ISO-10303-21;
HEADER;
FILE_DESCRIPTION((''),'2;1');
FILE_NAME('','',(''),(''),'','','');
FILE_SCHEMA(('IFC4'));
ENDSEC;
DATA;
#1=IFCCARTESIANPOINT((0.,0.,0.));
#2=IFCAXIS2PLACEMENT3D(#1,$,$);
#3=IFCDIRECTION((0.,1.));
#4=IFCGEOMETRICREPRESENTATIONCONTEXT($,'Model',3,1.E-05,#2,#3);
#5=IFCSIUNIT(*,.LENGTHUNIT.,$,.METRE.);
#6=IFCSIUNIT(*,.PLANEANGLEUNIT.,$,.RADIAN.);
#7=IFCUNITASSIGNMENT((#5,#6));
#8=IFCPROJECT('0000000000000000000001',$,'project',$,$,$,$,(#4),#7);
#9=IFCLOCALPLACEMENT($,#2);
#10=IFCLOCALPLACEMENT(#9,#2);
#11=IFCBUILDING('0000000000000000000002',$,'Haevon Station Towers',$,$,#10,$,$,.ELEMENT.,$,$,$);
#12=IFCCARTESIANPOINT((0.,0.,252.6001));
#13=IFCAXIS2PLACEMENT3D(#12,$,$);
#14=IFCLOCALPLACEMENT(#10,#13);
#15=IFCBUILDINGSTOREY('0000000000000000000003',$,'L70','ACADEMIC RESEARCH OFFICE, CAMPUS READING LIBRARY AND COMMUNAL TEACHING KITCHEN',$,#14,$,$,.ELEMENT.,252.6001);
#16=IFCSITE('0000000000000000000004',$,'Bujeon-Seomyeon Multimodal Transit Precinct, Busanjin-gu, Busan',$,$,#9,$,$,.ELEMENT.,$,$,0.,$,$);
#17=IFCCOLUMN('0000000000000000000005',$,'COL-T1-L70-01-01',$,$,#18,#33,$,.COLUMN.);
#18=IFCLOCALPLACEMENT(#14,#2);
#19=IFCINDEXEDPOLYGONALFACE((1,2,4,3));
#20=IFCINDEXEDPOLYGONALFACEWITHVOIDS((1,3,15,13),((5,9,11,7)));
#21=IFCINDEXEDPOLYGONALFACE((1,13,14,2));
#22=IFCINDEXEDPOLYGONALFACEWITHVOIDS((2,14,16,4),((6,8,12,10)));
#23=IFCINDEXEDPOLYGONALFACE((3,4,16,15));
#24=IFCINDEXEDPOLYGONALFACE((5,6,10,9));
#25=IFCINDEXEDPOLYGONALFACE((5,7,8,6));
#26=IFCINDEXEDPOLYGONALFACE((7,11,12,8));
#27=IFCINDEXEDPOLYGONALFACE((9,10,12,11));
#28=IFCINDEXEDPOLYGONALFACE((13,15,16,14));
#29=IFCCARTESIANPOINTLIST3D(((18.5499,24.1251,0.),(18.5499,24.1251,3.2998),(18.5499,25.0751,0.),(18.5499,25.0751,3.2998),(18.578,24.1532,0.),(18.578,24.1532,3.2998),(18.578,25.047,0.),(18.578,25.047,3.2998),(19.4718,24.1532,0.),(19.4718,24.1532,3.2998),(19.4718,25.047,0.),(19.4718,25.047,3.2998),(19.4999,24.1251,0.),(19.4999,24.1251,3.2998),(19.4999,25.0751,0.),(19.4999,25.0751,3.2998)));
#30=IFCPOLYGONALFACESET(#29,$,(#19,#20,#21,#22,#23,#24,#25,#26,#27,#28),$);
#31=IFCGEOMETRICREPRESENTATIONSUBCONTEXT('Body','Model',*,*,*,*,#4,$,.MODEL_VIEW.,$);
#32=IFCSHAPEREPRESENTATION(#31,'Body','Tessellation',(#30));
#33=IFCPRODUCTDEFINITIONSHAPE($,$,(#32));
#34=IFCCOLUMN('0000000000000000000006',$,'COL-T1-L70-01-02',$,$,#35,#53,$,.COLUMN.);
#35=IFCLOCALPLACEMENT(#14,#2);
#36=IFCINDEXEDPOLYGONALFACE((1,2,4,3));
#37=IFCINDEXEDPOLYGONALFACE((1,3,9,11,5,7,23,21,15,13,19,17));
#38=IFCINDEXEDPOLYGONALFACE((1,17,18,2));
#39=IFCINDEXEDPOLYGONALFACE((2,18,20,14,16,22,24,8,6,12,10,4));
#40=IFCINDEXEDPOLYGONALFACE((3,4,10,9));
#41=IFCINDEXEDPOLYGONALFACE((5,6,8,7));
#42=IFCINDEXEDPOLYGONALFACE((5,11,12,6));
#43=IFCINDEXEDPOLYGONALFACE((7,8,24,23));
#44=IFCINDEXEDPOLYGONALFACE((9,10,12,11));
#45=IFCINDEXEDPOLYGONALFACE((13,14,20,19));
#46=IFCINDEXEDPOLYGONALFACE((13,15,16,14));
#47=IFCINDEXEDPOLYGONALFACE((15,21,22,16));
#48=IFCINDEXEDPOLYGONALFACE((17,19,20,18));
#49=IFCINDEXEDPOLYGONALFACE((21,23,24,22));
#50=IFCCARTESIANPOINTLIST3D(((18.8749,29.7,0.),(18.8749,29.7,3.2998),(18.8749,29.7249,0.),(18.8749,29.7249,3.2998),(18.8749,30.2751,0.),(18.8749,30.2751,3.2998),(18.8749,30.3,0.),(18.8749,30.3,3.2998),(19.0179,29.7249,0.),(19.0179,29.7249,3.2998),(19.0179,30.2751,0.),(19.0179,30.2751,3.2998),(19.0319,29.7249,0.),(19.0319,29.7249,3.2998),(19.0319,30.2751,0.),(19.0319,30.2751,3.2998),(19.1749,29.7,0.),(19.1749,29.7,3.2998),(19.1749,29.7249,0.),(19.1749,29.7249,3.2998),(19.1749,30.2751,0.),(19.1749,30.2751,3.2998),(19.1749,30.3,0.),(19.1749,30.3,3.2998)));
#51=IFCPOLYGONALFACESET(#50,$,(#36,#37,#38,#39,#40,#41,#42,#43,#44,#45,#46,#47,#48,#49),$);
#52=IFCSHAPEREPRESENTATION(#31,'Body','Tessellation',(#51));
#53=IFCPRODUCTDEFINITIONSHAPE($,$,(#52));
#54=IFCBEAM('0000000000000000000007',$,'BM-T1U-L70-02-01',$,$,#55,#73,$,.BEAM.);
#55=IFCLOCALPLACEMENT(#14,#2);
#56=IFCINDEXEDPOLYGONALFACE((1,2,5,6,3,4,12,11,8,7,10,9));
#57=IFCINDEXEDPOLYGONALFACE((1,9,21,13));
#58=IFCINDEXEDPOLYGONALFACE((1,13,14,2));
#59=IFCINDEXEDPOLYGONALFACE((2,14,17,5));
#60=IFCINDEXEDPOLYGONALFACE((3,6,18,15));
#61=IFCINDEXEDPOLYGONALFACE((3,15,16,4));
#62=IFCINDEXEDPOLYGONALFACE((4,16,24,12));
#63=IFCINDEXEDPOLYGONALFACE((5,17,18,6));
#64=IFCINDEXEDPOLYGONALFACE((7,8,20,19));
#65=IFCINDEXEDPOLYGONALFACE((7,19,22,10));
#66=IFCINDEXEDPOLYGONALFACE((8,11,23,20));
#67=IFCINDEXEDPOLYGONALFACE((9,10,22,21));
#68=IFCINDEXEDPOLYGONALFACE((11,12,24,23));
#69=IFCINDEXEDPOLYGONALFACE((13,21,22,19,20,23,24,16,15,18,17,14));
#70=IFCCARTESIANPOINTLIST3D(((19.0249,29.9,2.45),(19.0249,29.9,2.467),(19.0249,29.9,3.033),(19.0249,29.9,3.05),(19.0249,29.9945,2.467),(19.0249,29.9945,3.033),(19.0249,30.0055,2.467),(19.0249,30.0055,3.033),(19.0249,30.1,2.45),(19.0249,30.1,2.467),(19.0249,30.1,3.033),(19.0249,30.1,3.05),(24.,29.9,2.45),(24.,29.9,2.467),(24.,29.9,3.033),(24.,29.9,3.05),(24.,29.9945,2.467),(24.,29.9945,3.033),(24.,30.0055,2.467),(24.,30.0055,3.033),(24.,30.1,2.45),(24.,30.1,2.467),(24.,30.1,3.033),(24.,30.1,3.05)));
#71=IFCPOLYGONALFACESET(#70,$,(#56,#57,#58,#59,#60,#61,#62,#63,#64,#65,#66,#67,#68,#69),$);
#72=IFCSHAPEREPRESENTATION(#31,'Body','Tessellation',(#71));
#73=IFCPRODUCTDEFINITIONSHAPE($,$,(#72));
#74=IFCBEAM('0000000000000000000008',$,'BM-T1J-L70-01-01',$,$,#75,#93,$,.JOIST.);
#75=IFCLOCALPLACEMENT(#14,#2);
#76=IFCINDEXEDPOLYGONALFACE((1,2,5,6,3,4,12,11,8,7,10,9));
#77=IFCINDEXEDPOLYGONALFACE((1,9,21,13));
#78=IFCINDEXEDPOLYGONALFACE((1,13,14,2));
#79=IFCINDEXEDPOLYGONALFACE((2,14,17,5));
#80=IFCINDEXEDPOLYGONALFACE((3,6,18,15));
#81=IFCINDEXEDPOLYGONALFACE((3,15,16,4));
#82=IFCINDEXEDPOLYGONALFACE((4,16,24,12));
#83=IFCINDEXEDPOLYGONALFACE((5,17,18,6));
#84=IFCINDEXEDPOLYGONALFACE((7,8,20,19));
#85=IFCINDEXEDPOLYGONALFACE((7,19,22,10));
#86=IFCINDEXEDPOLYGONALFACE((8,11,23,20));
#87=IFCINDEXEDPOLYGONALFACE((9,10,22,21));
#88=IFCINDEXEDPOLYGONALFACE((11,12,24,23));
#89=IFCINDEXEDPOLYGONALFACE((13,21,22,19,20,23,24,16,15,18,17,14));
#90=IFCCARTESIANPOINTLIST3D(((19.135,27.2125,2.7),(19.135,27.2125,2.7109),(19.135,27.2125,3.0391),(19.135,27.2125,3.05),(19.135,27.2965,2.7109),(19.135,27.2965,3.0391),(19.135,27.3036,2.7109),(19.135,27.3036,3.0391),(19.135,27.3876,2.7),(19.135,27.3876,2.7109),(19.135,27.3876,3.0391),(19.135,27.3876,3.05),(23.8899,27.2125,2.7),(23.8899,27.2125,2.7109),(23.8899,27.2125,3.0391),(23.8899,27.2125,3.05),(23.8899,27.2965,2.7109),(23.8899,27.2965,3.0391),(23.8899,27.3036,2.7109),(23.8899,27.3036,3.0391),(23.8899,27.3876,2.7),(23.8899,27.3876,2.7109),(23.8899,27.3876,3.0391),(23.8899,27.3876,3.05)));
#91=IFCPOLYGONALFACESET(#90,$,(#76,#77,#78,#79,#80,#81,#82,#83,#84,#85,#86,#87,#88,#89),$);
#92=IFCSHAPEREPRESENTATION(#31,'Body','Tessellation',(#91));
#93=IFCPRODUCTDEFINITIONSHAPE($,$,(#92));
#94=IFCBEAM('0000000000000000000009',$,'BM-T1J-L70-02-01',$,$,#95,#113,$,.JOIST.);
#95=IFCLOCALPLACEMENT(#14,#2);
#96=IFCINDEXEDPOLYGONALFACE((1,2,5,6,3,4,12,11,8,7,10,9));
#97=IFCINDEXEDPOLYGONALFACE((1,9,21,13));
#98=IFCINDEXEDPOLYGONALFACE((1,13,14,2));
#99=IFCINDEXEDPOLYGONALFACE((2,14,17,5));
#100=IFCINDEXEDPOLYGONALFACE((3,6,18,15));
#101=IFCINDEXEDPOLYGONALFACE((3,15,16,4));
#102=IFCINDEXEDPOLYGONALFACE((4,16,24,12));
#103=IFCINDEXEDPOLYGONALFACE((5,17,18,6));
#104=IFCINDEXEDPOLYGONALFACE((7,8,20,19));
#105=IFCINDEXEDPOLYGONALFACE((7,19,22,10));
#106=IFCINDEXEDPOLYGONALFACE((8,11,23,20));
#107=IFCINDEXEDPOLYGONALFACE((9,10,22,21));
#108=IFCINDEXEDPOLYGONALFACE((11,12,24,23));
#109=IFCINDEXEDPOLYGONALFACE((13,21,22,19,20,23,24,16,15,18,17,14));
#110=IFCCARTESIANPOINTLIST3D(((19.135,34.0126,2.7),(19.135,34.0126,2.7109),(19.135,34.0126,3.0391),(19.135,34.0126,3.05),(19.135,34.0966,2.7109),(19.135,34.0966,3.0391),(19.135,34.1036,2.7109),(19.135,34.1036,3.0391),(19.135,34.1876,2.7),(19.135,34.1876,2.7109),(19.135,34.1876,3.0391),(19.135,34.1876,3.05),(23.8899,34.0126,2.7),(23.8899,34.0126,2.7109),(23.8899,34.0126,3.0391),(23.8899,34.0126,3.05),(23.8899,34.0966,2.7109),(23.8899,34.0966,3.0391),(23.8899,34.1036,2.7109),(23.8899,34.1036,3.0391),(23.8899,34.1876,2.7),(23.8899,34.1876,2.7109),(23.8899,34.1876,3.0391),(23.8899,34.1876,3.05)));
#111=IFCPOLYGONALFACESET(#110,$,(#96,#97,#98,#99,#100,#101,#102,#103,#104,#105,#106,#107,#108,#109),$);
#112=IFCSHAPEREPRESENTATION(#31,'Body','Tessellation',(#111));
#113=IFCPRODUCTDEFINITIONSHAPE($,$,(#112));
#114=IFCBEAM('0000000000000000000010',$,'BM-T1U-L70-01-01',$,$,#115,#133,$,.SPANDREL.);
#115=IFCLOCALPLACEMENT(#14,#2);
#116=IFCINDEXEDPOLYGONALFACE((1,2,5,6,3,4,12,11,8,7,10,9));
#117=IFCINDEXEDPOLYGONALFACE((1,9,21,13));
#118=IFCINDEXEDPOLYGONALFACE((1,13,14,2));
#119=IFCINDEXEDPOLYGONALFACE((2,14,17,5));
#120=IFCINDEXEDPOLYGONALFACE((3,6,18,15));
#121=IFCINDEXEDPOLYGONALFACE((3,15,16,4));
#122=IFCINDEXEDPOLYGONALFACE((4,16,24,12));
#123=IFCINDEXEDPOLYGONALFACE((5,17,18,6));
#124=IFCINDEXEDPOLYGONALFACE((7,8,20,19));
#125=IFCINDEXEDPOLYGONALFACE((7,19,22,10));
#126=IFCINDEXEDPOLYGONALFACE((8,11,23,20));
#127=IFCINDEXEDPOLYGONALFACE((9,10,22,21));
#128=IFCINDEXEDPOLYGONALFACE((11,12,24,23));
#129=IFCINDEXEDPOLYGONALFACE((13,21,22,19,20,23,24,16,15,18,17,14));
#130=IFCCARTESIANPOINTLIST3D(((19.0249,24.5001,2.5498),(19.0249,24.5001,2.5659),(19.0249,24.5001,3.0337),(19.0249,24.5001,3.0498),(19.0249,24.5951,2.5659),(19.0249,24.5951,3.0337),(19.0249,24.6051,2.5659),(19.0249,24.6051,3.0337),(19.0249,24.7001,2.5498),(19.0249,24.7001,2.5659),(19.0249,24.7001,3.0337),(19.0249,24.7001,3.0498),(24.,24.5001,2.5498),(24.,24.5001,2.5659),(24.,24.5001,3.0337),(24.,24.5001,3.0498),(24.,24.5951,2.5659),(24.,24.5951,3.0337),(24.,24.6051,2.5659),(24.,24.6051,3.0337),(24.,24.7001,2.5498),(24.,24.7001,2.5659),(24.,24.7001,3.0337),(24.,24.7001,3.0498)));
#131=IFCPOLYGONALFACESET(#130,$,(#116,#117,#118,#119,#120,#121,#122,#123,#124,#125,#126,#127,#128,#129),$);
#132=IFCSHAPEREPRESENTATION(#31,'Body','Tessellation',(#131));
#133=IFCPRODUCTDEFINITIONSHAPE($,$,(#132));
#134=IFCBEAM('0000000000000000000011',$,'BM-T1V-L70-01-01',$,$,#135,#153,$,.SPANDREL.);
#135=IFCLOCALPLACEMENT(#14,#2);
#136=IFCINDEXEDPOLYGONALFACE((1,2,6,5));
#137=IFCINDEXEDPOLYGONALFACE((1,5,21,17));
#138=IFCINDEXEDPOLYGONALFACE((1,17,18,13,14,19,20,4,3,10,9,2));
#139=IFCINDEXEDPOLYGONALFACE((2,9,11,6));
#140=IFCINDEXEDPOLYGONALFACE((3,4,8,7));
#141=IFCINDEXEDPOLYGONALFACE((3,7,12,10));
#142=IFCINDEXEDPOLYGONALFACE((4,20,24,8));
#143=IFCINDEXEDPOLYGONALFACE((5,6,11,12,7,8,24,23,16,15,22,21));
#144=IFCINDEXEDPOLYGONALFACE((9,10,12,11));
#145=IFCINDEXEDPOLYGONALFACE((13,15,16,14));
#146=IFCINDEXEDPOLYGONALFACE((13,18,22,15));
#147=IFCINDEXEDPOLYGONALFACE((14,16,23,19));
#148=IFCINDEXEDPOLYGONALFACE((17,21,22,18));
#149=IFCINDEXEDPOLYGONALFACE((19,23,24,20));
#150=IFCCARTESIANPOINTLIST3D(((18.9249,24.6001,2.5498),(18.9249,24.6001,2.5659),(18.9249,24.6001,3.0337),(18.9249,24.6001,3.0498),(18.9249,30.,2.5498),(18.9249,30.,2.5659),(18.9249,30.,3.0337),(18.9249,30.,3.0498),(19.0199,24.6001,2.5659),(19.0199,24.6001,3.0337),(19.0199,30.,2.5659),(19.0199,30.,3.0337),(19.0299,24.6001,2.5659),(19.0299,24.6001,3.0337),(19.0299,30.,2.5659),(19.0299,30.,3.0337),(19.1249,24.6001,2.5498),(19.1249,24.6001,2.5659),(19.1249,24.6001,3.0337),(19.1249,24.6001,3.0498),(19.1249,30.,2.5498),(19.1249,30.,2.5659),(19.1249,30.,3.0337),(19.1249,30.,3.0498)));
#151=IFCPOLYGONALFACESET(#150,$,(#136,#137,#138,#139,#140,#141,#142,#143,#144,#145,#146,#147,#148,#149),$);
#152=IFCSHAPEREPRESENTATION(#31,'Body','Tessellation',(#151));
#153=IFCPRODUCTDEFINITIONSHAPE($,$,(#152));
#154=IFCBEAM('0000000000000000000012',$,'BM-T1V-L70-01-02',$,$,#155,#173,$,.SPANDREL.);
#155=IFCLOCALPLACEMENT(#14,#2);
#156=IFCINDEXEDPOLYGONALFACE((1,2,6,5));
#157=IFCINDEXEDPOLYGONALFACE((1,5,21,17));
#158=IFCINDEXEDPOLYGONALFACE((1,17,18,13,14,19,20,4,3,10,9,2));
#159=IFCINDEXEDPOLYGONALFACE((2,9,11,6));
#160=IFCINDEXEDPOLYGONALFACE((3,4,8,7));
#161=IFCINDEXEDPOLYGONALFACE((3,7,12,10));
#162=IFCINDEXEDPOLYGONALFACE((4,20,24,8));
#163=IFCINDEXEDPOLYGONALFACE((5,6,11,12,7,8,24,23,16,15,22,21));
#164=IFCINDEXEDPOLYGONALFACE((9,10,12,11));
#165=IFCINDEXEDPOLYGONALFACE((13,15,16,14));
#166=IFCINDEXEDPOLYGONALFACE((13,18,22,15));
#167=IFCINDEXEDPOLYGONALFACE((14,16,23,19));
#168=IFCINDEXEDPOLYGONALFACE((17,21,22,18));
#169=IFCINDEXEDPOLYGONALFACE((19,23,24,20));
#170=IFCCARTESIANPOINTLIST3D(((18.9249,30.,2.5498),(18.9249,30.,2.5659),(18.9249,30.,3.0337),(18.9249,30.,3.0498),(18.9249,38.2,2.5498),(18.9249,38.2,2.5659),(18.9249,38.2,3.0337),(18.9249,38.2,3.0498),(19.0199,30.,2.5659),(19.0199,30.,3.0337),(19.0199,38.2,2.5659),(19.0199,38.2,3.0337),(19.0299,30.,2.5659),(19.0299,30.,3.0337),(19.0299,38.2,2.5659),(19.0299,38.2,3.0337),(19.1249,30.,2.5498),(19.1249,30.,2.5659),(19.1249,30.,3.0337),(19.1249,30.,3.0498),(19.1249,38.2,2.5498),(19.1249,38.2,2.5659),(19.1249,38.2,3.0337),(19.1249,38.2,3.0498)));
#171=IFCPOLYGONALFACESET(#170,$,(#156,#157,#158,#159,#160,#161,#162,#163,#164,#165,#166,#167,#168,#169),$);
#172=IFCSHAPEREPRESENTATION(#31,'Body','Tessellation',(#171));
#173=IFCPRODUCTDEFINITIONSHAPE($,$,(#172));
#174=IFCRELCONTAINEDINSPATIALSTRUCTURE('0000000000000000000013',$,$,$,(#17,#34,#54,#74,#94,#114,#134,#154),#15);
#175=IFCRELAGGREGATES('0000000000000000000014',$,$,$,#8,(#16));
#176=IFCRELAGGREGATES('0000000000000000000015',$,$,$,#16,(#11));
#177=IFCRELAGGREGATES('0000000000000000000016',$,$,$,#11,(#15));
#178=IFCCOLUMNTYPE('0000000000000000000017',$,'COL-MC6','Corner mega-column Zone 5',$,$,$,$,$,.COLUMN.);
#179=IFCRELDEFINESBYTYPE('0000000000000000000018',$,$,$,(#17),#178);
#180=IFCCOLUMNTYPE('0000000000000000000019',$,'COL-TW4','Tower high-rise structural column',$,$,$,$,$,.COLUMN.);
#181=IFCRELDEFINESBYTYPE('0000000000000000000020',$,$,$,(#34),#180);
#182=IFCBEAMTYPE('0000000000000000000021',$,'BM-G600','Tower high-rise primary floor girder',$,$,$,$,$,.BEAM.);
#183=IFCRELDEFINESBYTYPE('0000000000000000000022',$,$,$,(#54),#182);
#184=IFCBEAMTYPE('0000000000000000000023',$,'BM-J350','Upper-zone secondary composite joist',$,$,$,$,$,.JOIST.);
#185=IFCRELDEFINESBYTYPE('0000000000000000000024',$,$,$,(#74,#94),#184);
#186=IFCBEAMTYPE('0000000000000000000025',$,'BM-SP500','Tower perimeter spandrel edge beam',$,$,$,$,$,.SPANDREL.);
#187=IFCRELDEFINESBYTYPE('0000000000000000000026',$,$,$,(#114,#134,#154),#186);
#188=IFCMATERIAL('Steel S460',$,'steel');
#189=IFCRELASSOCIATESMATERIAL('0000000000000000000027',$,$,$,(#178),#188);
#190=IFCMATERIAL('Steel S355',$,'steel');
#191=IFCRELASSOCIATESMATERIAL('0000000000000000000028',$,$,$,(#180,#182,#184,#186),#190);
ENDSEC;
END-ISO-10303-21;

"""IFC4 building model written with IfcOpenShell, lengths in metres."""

from ifc_helpers import new_model, si_unit, direction, frame, origin, origin_2d, place, context, subcontext, project, spatial, hollow_rectangle, i_section, extrude, material, material_profile, profile_set, type_object, element, save


model = new_model("IFC4")

# Units and contexts
model_context = context("Model", 3, precision=1e-05, world=origin(), true_north=direction((0.0, 1.0)))
body_context = subcontext(model_context, "Body", "Model", "MODEL_VIEW")
ifc_project = project(units=[si_unit("LENGTHUNIT", "METRE"), si_unit("PLANEANGLEUNIT", "RADIAN")], contexts=[model_context])

# Site, building, storey
site_placement = place(None, origin())
site = spatial("IfcSite", under=ifc_project, at=site_placement, Name="Bujeon-Seomyeon Multimodal Transit Precinct, Busanjin-gu, Busan", CompositionType="ELEMENT", RefElevation=0.0)
building_placement = place(site_placement, origin())
building = spatial("IfcBuilding", under=site, at=building_placement, Name="Haevon Station Towers", CompositionType="ELEMENT")
storey_placement = place(building_placement, frame((0.0, 0.0, 252.6001)))
storey = spatial("IfcBuildingStorey", under=building, at=storey_placement, Name="L70", Description="ACADEMIC RESEARCH OFFICE, CAMPUS READING LIBRARY AND COMMUNAL TEACHING KITCHEN", CompositionType="ELEMENT", Elevation=252.6001)

# Columns
ifc_material_1 = material(Name="Steel S460", Category="steel")
ifc_material_profile_1 = material_profile(ifc_material_1, hollow_rectangle(XDim=0.95, YDim=0.95, WallThickness=0.0281, at=origin_2d()), Name="BOX-950x950x28")
ifc_profile_set_1 = profile_set([ifc_material_profile_1], Name="Steel S460")
column_type_1 = type_object("IfcColumnType", Name="COL-MC6", Description="Corner mega-column Zone 5", PredefinedType="COLUMN", material=ifc_profile_set_1)
column_1_placement = place(storey_placement, frame((19.0249, 24.6001, 0.0), z_axis=(0.0, 0.0, 1.0), x_axis=(1.0, 0.0, 0.0)))
element("IfcColumn", 1, at=column_1_placement, inside=storey, type_object=column_type_1, Name="COL-T1-L70-01-01", PredefinedType="COLUMN", context=body_context, shape_type="SweptSolid", body=[
    extrude(hollow_rectangle(XDim=0.95, YDim=0.95, WallThickness=0.0281, at=origin_2d()), origin(), (0.0, 0.0, 1.0), 3.2998),
])
ifc_material_2 = material(Name="Steel S355", Category="steel")
ifc_material_profile_2 = material_profile(ifc_material_2, i_section(OverallWidth=0.3, OverallDepth=0.6001, WebThickness=0.0139, FlangeThickness=0.0249, at=origin_2d()), Name="H-600x300x14x25")
ifc_profile_set_2 = profile_set([ifc_material_profile_2], Name="Steel S355")
column_type_2 = type_object("IfcColumnType", Name="COL-TW4", Description="Tower high-rise structural column", PredefinedType="COLUMN", material=ifc_profile_set_2)
column_2_placement = place(storey_placement, frame((19.0249, 30.0, 0.0), z_axis=(0.0, 0.0, 1.0), x_axis=(1.0, 0.0, 0.0)))
element("IfcColumn", 2, at=column_2_placement, inside=storey, type_object=column_type_2, Name="COL-T1-L70-01-02", PredefinedType="COLUMN", context=body_context, shape_type="SweptSolid", body=[
    extrude(i_section(OverallWidth=0.3, OverallDepth=0.6001, WebThickness=0.0139, FlangeThickness=0.0249, at=origin_2d()), origin(), (0.0, 0.0, 1.0), 3.2998),
])

# Beams
ifc_material_profile_3 = material_profile(ifc_material_2, i_section(OverallWidth=0.2, OverallDepth=0.6001, WebThickness=0.011, FlangeThickness=0.0171, at=origin_2d()), Name="H-600x200x11x17")
ifc_profile_set_3 = profile_set([ifc_material_profile_3], Name="Steel S355")
beam_type_1 = type_object("IfcBeamType", Name="BM-G600", Description="Tower high-rise primary floor girder", PredefinedType="BEAM", material=ifc_profile_set_3)
beam_1_placement = place(storey_placement, frame((19.0249, 30.0, 2.75), z_axis=(1.0, 0.0, 0.0), x_axis=(0.0, 1.0, 0.0)))
element("IfcBeam", 3, at=beam_1_placement, inside=storey, type_object=beam_type_1, Name="BM-T1U-L70-02-01", PredefinedType="BEAM", context=body_context, shape_type="SweptSolid", body=[
    extrude(i_section(OverallWidth=0.2, OverallDepth=0.6001, WebThickness=0.011, FlangeThickness=0.0171, at=origin_2d()), origin(), (0.0, 0.0, 1.0), 4.9751),
])
ifc_material_profile_4 = material_profile(ifc_material_2, i_section(OverallWidth=0.175, OverallDepth=0.3501, WebThickness=0.0071, FlangeThickness=0.011, at=origin_2d()), Name="H-350x175x7x11")
ifc_profile_set_4 = profile_set([ifc_material_profile_4], Name="Steel S355")
beam_type_2 = type_object("IfcBeamType", Name="BM-J350", Description="Upper-zone secondary composite joist", PredefinedType="JOIST", material=ifc_profile_set_4)
for number, where, z_axis, x_axis, name in (
    (4, (19.135, 27.3, 2.875), (1.0, 0.0, 0.0), (0.0, 1.0, 0.0), "BM-T1J-L70-01-01"),
    (5, (19.135, 34.1001, 2.875), (1.0, 0.0, 0.0), (0.0, 1.0, 0.0), "BM-T1J-L70-02-01"),
):
    element("IfcBeam", number, at=place(storey_placement, frame(where, z_axis=z_axis, x_axis=x_axis)), inside=storey, type_object=beam_type_2, Name=name, PredefinedType="JOIST", context=body_context, shape_type="SweptSolid", body=[
        extrude(i_section(OverallWidth=0.175, OverallDepth=0.3501, WebThickness=0.0071, FlangeThickness=0.011, at=origin_2d()), origin(), (0.0, 0.0, 1.0), 4.7549),
    ])
ifc_material_profile_5 = material_profile(ifc_material_2, i_section(OverallWidth=0.2, OverallDepth=0.5, WebThickness=0.01, FlangeThickness=0.0161, at=origin_2d()), Name="H-500x200x10x16")
ifc_profile_set_5 = profile_set([ifc_material_profile_5], Name="Steel S355")
beam_type_3 = type_object("IfcBeamType", Name="BM-SP500", Description="Tower perimeter spandrel edge beam", PredefinedType="SPANDREL", material=ifc_profile_set_5)
beam_2_placement = place(storey_placement, frame((19.0249, 24.6001, 2.7998), z_axis=(1.0, 0.0, 0.0), x_axis=(0.0, 1.0, 0.0)))
element("IfcBeam", 6, at=beam_2_placement, inside=storey, type_object=beam_type_3, Name="BM-T1U-L70-01-01", PredefinedType="SPANDREL", context=body_context, shape_type="SweptSolid", body=[
    extrude(i_section(OverallWidth=0.2, OverallDepth=0.5, WebThickness=0.01, FlangeThickness=0.0161, at=origin_2d()), origin(), (0.0, 0.0, 1.0), 4.9751),
])
beam_3_placement = place(storey_placement, frame((19.0249, 24.6001, 2.7998), z_axis=(0.0, 1.0, 0.0), x_axis=(-1.0, 0.0, 0.0)))
element("IfcBeam", 7, at=beam_3_placement, inside=storey, type_object=beam_type_3, Name="BM-T1V-L70-01-01", PredefinedType="SPANDREL", context=body_context, shape_type="SweptSolid", body=[
    extrude(i_section(OverallWidth=0.2, OverallDepth=0.5, WebThickness=0.01, FlangeThickness=0.0161, at=origin_2d()), origin(), (0.0, 0.0, 1.0), 5.3999),
])
beam_4_placement = place(storey_placement, frame((19.0249, 30.0, 2.7998), z_axis=(0.0, 1.0, 0.0), x_axis=(-1.0, 0.0, 0.0)))
element("IfcBeam", 8, at=beam_4_placement, inside=storey, type_object=beam_type_3, Name="BM-T1V-L70-01-02", PredefinedType="SPANDREL", context=body_context, shape_type="SweptSolid", body=[
    extrude(i_section(OverallWidth=0.2, OverallDepth=0.5, WebThickness=0.01, FlangeThickness=0.0161, at=origin_2d()), origin(), (0.0, 0.0, 1.0), 8.2),
])

save(model, "model.ifc")
